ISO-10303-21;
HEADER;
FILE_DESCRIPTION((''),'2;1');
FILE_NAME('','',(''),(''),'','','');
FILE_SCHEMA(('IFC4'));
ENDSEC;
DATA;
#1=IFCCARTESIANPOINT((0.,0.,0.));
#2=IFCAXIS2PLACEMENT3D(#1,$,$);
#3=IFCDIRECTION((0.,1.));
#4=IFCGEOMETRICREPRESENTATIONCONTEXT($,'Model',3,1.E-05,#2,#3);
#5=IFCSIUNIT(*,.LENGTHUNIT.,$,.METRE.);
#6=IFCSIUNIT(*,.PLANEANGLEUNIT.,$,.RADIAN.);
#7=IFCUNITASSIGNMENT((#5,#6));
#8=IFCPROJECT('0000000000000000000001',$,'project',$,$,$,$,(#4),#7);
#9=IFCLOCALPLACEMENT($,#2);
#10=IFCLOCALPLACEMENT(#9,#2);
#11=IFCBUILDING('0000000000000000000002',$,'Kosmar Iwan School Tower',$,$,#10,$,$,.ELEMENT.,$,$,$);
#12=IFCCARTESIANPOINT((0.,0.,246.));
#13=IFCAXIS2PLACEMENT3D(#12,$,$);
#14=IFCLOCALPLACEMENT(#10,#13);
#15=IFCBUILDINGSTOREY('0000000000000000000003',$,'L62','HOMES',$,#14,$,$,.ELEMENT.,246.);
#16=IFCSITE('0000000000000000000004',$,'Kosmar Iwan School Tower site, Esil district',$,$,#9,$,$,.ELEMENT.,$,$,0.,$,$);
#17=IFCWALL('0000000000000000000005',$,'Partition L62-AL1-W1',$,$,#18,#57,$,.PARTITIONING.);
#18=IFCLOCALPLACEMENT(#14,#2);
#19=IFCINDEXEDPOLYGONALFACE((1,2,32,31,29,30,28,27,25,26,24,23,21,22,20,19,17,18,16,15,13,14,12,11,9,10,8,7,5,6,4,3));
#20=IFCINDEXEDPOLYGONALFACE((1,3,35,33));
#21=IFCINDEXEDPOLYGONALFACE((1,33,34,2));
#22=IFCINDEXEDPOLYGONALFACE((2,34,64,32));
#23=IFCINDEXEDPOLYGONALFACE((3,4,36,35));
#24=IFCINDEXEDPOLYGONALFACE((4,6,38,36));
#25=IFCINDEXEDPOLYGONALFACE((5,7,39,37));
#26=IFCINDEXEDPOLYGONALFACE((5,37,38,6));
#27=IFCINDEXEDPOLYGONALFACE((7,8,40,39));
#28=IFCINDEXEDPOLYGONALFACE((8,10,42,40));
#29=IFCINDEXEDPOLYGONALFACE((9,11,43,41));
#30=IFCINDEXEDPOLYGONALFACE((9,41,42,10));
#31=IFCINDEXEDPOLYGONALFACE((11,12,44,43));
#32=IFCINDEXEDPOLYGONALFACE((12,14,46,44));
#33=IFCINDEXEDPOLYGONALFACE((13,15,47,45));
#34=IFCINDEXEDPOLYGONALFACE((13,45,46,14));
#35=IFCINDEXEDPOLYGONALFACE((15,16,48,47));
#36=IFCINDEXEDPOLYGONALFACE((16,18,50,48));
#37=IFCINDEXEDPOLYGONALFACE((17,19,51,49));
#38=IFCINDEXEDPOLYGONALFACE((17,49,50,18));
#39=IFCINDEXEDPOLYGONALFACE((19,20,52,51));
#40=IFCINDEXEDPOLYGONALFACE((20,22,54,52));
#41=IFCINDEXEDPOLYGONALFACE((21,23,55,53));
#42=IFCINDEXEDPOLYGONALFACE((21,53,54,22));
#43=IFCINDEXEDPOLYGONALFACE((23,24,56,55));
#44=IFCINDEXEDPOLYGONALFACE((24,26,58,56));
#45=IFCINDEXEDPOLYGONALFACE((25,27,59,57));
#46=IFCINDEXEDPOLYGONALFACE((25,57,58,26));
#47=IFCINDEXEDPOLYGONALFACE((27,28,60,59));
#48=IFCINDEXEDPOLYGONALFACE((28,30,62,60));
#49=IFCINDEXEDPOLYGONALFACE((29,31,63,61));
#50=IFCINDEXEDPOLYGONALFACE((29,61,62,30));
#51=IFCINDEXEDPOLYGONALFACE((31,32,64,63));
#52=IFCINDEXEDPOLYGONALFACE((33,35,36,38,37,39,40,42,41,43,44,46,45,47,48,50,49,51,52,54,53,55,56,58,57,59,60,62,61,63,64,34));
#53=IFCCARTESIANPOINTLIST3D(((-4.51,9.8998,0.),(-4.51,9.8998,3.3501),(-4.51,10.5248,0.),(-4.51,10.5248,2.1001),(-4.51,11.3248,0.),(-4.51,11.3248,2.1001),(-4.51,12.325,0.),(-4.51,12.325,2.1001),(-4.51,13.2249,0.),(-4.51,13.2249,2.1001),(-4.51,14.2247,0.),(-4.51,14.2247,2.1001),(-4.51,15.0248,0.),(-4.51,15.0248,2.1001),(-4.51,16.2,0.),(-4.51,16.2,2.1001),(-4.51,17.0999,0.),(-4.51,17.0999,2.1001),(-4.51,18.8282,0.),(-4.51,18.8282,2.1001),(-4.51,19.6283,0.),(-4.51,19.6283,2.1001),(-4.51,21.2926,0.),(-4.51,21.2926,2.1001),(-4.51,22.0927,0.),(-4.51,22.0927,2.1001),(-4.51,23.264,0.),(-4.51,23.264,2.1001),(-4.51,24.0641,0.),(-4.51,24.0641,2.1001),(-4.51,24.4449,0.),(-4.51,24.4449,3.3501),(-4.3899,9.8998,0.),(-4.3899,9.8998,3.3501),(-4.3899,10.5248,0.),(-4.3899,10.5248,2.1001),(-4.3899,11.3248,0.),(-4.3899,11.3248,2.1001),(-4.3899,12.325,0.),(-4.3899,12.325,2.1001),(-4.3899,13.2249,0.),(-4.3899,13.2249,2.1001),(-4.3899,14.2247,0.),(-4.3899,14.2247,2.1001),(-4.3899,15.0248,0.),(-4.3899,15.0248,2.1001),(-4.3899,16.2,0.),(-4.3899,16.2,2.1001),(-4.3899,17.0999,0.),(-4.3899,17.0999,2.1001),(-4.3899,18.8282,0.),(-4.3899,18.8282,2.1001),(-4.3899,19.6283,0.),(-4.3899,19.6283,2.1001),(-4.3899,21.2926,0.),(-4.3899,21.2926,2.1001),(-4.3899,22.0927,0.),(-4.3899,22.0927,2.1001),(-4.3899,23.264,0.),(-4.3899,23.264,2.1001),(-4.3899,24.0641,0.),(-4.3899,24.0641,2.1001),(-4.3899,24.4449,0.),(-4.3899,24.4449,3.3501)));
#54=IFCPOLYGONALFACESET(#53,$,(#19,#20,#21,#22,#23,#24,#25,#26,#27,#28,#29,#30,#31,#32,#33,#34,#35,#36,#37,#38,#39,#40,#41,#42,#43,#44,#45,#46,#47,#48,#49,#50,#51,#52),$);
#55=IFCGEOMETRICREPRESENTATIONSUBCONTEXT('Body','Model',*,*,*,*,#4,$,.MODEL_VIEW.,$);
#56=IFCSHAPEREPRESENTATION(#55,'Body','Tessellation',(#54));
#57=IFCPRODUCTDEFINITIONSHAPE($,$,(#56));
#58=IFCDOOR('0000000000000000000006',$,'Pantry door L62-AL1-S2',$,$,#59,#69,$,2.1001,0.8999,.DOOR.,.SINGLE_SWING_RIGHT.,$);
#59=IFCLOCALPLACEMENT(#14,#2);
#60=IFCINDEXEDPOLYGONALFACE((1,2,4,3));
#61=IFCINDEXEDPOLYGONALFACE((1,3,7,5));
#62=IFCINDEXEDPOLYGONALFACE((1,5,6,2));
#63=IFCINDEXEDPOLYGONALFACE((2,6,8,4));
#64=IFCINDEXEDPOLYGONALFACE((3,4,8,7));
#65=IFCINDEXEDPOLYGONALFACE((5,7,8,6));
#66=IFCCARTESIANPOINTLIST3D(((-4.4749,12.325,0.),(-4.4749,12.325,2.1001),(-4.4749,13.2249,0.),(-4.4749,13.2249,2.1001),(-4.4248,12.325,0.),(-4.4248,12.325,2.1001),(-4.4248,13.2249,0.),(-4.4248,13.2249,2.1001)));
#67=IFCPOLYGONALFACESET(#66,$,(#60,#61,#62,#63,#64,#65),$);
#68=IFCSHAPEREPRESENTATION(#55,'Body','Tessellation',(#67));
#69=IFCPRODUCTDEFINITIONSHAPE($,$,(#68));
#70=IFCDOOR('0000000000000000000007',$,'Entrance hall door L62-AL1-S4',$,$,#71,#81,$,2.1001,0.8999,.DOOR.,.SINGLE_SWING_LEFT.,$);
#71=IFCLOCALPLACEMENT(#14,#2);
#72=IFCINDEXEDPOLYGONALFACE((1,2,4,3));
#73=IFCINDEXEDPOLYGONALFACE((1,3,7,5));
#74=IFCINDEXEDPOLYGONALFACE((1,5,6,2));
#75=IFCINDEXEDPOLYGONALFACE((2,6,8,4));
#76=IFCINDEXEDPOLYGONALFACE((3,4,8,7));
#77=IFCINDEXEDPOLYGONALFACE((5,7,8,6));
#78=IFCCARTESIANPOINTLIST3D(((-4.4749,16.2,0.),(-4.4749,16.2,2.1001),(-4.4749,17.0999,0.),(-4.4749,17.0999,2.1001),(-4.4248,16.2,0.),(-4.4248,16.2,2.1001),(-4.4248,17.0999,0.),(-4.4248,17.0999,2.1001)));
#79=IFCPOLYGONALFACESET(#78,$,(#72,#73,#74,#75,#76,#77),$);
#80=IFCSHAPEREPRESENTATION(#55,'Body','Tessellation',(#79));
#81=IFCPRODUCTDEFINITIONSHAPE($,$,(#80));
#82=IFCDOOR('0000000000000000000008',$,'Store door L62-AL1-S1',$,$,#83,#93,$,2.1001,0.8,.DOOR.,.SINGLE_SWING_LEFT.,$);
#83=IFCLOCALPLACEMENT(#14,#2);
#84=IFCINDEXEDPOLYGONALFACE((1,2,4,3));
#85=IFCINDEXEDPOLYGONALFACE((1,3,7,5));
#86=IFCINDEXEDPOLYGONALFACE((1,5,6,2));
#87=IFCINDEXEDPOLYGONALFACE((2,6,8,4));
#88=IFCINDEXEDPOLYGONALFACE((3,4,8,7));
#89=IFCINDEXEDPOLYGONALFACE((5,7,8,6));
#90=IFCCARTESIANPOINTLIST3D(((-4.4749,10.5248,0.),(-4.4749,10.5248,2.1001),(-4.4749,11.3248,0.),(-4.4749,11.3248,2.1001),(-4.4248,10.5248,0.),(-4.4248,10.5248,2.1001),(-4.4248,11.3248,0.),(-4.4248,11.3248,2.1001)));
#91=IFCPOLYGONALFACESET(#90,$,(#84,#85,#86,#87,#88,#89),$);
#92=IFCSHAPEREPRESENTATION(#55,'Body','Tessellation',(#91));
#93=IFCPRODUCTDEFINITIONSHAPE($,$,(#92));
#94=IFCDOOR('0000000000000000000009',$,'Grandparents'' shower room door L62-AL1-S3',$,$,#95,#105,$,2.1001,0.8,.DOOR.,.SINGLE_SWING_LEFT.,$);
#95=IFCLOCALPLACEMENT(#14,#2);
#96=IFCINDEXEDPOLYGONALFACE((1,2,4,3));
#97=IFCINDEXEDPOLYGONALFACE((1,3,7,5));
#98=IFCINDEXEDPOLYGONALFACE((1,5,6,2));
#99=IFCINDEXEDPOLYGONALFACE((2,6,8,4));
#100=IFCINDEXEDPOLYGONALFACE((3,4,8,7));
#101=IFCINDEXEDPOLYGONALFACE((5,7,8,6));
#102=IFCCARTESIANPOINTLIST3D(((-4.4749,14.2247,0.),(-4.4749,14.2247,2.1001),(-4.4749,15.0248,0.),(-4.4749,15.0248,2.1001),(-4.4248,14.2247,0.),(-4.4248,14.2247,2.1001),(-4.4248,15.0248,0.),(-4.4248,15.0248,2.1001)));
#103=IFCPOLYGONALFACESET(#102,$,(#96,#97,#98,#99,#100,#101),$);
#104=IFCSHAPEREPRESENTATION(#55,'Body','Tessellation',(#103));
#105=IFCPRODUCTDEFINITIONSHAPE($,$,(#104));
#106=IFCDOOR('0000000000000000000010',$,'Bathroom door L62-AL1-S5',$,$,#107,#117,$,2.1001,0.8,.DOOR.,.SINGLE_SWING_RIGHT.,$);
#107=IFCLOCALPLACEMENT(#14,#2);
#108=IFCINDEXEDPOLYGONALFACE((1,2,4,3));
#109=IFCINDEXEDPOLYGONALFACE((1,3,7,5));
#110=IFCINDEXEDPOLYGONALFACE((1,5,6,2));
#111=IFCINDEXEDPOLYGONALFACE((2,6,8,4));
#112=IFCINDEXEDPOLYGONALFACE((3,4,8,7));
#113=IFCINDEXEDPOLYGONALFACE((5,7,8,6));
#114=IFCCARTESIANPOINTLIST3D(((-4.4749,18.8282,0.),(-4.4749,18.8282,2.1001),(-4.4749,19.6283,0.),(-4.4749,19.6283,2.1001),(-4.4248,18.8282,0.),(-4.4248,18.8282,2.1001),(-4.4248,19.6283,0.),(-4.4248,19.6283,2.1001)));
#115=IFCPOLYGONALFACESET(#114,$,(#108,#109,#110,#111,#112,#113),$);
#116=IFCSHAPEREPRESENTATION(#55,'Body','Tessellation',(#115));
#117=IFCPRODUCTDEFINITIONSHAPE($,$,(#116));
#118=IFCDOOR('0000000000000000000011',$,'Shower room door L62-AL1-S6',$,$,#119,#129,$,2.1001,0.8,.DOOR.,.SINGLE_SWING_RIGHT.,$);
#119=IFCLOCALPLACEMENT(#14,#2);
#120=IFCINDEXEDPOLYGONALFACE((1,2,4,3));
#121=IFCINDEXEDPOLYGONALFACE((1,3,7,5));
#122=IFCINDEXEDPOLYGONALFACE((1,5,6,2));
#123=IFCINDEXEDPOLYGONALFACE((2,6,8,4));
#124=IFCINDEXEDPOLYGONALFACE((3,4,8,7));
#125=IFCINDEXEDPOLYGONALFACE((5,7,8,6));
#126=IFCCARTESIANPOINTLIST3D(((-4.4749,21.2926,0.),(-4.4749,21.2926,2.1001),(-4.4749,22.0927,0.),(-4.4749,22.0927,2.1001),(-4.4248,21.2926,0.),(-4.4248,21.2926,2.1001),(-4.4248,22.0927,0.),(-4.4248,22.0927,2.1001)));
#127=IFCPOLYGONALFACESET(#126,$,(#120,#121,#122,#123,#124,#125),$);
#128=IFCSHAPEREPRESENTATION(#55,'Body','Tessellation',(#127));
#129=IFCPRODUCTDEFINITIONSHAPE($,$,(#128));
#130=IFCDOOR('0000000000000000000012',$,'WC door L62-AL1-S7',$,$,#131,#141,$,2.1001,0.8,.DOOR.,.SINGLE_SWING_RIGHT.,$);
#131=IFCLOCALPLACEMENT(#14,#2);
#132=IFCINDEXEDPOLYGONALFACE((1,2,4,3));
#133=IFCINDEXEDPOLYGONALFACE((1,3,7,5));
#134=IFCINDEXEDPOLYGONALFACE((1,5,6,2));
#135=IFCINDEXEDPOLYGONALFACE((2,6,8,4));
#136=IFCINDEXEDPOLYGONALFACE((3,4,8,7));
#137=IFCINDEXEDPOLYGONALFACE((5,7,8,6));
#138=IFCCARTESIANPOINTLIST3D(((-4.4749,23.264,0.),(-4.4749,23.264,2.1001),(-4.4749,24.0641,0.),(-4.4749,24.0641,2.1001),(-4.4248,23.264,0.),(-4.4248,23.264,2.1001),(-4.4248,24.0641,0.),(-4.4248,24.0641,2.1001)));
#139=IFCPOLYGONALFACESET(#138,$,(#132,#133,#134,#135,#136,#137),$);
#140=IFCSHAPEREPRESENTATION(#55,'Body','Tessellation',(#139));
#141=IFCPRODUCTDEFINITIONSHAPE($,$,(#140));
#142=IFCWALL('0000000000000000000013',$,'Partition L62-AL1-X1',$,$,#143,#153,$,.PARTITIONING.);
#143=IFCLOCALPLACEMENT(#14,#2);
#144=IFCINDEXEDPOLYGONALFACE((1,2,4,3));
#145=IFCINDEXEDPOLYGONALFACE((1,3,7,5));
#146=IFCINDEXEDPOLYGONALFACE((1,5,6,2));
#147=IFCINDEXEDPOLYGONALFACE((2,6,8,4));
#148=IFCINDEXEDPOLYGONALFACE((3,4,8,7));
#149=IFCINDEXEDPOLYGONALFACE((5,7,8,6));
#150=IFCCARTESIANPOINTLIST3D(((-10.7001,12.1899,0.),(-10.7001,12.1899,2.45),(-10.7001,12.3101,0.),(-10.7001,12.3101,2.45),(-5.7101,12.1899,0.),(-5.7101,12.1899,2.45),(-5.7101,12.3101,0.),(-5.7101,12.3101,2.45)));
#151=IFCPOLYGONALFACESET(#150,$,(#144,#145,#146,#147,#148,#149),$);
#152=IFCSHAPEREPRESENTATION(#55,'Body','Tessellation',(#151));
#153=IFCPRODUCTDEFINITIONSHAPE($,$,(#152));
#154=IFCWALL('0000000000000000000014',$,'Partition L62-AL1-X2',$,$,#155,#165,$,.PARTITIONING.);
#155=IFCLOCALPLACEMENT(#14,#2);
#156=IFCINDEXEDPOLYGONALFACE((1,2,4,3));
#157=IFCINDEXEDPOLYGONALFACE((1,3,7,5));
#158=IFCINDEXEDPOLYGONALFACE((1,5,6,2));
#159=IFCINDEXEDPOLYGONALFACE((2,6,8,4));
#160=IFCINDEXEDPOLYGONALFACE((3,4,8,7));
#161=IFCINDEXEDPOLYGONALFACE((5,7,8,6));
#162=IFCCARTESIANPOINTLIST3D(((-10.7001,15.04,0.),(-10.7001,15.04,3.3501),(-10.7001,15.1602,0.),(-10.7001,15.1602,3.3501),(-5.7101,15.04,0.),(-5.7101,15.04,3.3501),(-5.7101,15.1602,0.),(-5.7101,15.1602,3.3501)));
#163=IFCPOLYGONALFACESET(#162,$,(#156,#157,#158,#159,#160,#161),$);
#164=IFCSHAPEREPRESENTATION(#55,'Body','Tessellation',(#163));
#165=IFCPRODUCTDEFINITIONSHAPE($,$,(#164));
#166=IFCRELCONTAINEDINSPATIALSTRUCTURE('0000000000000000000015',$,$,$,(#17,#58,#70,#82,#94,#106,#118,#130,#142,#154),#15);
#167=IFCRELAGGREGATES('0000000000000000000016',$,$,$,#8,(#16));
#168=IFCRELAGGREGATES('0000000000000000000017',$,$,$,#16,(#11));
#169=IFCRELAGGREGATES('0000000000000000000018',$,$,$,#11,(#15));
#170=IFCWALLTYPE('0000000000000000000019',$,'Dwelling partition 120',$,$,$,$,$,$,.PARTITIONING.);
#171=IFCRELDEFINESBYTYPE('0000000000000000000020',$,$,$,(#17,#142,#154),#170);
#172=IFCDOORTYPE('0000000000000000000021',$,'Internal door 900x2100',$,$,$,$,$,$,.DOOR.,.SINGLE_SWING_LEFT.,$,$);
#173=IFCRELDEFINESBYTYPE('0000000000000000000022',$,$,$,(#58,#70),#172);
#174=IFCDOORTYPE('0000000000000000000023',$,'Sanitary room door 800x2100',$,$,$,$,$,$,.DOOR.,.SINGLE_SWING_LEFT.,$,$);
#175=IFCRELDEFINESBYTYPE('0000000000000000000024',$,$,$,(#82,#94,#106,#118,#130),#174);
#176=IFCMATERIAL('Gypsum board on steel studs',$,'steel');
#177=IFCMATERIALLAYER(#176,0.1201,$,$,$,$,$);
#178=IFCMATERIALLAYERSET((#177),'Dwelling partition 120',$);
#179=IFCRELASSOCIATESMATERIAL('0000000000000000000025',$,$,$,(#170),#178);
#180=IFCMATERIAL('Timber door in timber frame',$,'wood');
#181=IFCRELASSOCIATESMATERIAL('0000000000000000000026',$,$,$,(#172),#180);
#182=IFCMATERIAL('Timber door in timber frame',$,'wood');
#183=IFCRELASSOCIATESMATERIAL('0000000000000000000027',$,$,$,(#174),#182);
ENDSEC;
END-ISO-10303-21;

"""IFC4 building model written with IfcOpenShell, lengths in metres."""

from ifc_helpers import new_model, si_unit, direction, frame, frame_2d, origin, place, context, subcontext, project, spatial, rectangle, extrude, material, layer, layer_set, type_object, element, fill, save


model = new_model("IFC4")

# Units and contexts
model_context = context("Model", 3, precision=1e-05, world=origin(), true_north=direction((0.0, 1.0)))
body_context = subcontext(model_context, "Body", "Model", "MODEL_VIEW")
ifc_project = project(units=[si_unit("LENGTHUNIT", "METRE"), si_unit("PLANEANGLEUNIT", "RADIAN")], contexts=[model_context])

# Site, building, storey
site_placement = place(None, origin())
site = spatial("IfcSite", under=ifc_project, at=site_placement, Name="Kosmar Iwan School Tower site, Esil district", CompositionType="ELEMENT", RefElevation=0.0)
building_placement = place(site_placement, origin())
building = spatial("IfcBuilding", under=site, at=building_placement, Name="Kosmar Iwan School Tower", CompositionType="ELEMENT")
storey_placement = place(building_placement, frame((0.0, 0.0, 246.0)))
storey = spatial("IfcBuildingStorey", under=building, at=storey_placement, Name="L62", Description="HOMES", CompositionType="ELEMENT", Elevation=246.0)

# Wall, openings, doors
ifc_material_1 = material(Name="Gypsum board on steel studs", Category="steel")
ifc_layer_1 = layer(ifc_material_1, 0.1201)
ifc_layer_set_1 = layer_set([ifc_layer_1], Name="Dwelling partition 120")
wall_type_1 = type_object("IfcWallType", Name="Dwelling partition 120", PredefinedType="PARTITIONING", material=ifc_layer_set_1)
wall_1_placement = place(storey_placement, frame((-4.45, 9.8999, 0.0), z_axis=(0.0, 0.0, 1.0), x_axis=(0.0, 1.0, 0.0)))
wall_1 = element("IfcWall", 1, at=wall_1_placement, inside=storey, type_object=wall_type_1, Name="Partition L62-AL1-W1", PredefinedType="PARTITIONING", context=body_context, shape_type="SweptSolid", body=[
    extrude(rectangle(XDim=14.5452, YDim=0.1201, at=frame_2d((7.2725, 0.0))), origin(), (0.0, 0.0, 1.0), 3.3501),
])
opening_1_placement = place(wall_1_placement, frame((0.625, 0.0, 0.0)))
opening_1 = element("IfcOpeningElement", 2, at=opening_1_placement, cuts=wall_1, PredefinedType="OPENING", context=body_context, shape_type="SweptSolid", body=[
    extrude(rectangle(XDim=0.8, YDim=2.1001, at=frame_2d((0.3999, 1.05))), frame((0.0, 0.072, 0.0), z_axis=(0.0, -1.0, 0.0), x_axis=(1.0, 0.0, 0.0)), (0.0, 0.0, 1.0), 0.144),
])
opening_2_placement = place(wall_1_placement, frame((2.425, 0.0, 0.0)))
opening_2 = element("IfcOpeningElement", 3, at=opening_2_placement, cuts=wall_1, PredefinedType="OPENING", context=body_context, shape_type="SweptSolid", body=[
    extrude(rectangle(XDim=0.8999, YDim=2.1001, at=frame_2d((0.45, 1.05))), frame((0.0, 0.072, 0.0), z_axis=(0.0, -1.0, 0.0), x_axis=(1.0, 0.0, 0.0)), (0.0, 0.0, 1.0), 0.144),
])
opening_3_placement = place(wall_1_placement, frame((4.325, 0.0, 0.0)))
opening_3 = element("IfcOpeningElement", 4, at=opening_3_placement, cuts=wall_1, PredefinedType="OPENING", context=body_context, shape_type="SweptSolid", body=[
    extrude(rectangle(XDim=0.8, YDim=2.1001, at=frame_2d((0.3999, 1.05))), frame((0.0, 0.072, 0.0), z_axis=(0.0, -1.0, 0.0), x_axis=(1.0, 0.0, 0.0)), (0.0, 0.0, 1.0), 0.144),
])
opening_4_placement = place(wall_1_placement, frame((6.3, 0.0, 0.0)))
opening_4 = element("IfcOpeningElement", 5, at=opening_4_placement, cuts=wall_1, PredefinedType="OPENING", context=body_context, shape_type="SweptSolid", body=[
    extrude(rectangle(XDim=0.8999, YDim=2.1001, at=frame_2d((0.45, 1.05))), frame((0.0, 0.072, 0.0), z_axis=(0.0, -1.0, 0.0), x_axis=(1.0, 0.0, 0.0)), (0.0, 0.0, 1.0), 0.144),
])
opening_5_placement = place(wall_1_placement, frame((8.9285, 0.0, 0.0)))
opening_5 = element("IfcOpeningElement", 6, at=opening_5_placement, cuts=wall_1, PredefinedType="OPENING", context=body_context, shape_type="SweptSolid", body=[
    extrude(rectangle(XDim=0.8, YDim=2.1001, at=frame_2d((0.3999, 1.05))), frame((0.0, 0.072, 0.0), z_axis=(0.0, -1.0, 0.0), x_axis=(1.0, 0.0, 0.0)), (0.0, 0.0, 1.0), 0.144),
])
opening_6_placement = place(wall_1_placement, frame((11.3928, 0.0, 0.0)))
opening_6 = element("IfcOpeningElement", 7, at=opening_6_placement, cuts=wall_1, PredefinedType="OPENING", context=body_context, shape_type="SweptSolid", body=[
    extrude(rectangle(XDim=0.8, YDim=2.1001, at=frame_2d((0.3999, 1.05))), frame((0.0, 0.072, 0.0), z_axis=(0.0, -1.0, 0.0), x_axis=(1.0, 0.0, 0.0)), (0.0, 0.0, 1.0), 0.144),
])
opening_7_placement = place(wall_1_placement, frame((13.3643, 0.0, 0.0)))
opening_7 = element("IfcOpeningElement", 8, at=opening_7_placement, cuts=wall_1, PredefinedType="OPENING", context=body_context, shape_type="SweptSolid", body=[
    extrude(rectangle(XDim=0.8, YDim=2.1001, at=frame_2d((0.3999, 1.05))), frame((0.0, 0.072, 0.0), z_axis=(0.0, -1.0, 0.0), x_axis=(1.0, 0.0, 0.0)), (0.0, 0.0, 1.0), 0.144),
])
ifc_material_2 = material(Name="Timber door in timber frame", Category="wood")
door_type_1 = type_object("IfcDoorType", Name="Internal door 900x2100", OperationType="SINGLE_SWING_LEFT", PredefinedType="DOOR", material=ifc_material_2)
door_1_placement = place(opening_2_placement, origin())
door_1 = element("IfcDoor", 9, at=door_1_placement, inside=storey, type_object=door_type_1, Name="Pantry door L62-AL1-S2", OperationType="SINGLE_SWING_RIGHT", OverallHeight=2.1001, OverallWidth=0.8999, PredefinedType="DOOR", context=body_context, shape_type="SweptSolid", body=[
    extrude(rectangle(XDim=0.8999, YDim=2.1001, at=frame_2d((0.45, 1.05))), frame((0.0, 0.0249, 0.0), z_axis=(0.0, -1.0, 0.0), x_axis=(1.0, 0.0, 0.0)), (0.0, 0.0, 1.0), 0.05),
])
fill(opening_2, door_1)
door_2_placement = place(opening_4_placement, origin())
door_2 = element("IfcDoor", 10, at=door_2_placement, inside=storey, type_object=door_type_1, Name="Entrance hall door L62-AL1-S4", OperationType="SINGLE_SWING_LEFT", OverallHeight=2.1001, OverallWidth=0.8999, PredefinedType="DOOR", context=body_context, shape_type="SweptSolid", body=[
    extrude(rectangle(XDim=0.8999, YDim=2.1001, at=frame_2d((0.45, 1.05))), frame((0.0, 0.0249, 0.0), z_axis=(0.0, -1.0, 0.0), x_axis=(1.0, 0.0, 0.0)), (0.0, 0.0, 1.0), 0.05),
])
fill(opening_4, door_2)
ifc_material_3 = material(Name="Timber door in timber frame", Category="wood")
door_type_2 = type_object("IfcDoorType", Name="Sanitary room door 800x2100", OperationType="SINGLE_SWING_LEFT", PredefinedType="DOOR", material=ifc_material_3)
door_3_placement = place(opening_1_placement, origin())
door_3 = element("IfcDoor", 11, at=door_3_placement, inside=storey, type_object=door_type_2, Name="Store door L62-AL1-S1", OperationType="SINGLE_SWING_LEFT", OverallHeight=2.1001, OverallWidth=0.8, PredefinedType="DOOR", context=body_context, shape_type="SweptSolid", body=[
    extrude(rectangle(XDim=0.8, YDim=2.1001, at=frame_2d((0.3999, 1.05))), frame((0.0, 0.0249, 0.0), z_axis=(0.0, -1.0, 0.0), x_axis=(1.0, 0.0, 0.0)), (0.0, 0.0, 1.0), 0.05),
])
fill(opening_1, door_3)
door_4_placement = place(opening_3_placement, origin())
door_4 = element("IfcDoor", 12, at=door_4_placement, inside=storey, type_object=door_type_2, Name="Grandparents' shower room door L62-AL1-S3", OperationType="SINGLE_SWING_LEFT", OverallHeight=2.1001, OverallWidth=0.8, PredefinedType="DOOR", context=body_context, shape_type="SweptSolid", body=[
    extrude(rectangle(XDim=0.8, YDim=2.1001, at=frame_2d((0.3999, 1.05))), frame((0.0, 0.0249, 0.0), z_axis=(0.0, -1.0, 0.0), x_axis=(1.0, 0.0, 0.0)), (0.0, 0.0, 1.0), 0.05),
])
fill(opening_3, door_4)
door_5_placement = place(opening_5_placement, origin())
door_5 = element("IfcDoor", 13, at=door_5_placement, inside=storey, type_object=door_type_2, Name="Bathroom door L62-AL1-S5", OperationType="SINGLE_SWING_RIGHT", OverallHeight=2.1001, OverallWidth=0.8, PredefinedType="DOOR", context=body_context, shape_type="SweptSolid", body=[
    extrude(rectangle(XDim=0.8, YDim=2.1001, at=frame_2d((0.3999, 1.05))), frame((0.0, 0.0249, 0.0), z_axis=(0.0, -1.0, 0.0), x_axis=(1.0, 0.0, 0.0)), (0.0, 0.0, 1.0), 0.05),
])
fill(opening_5, door_5)
door_6_placement = place(opening_6_placement, origin())
door_6 = element("IfcDoor", 14, at=door_6_placement, inside=storey, type_object=door_type_2, Name="Shower room door L62-AL1-S6", OperationType="SINGLE_SWING_RIGHT", OverallHeight=2.1001, OverallWidth=0.8, PredefinedType="DOOR", context=body_context, shape_type="SweptSolid", body=[
    extrude(rectangle(XDim=0.8, YDim=2.1001, at=frame_2d((0.3999, 1.05))), frame((0.0, 0.0249, 0.0), z_axis=(0.0, -1.0, 0.0), x_axis=(1.0, 0.0, 0.0)), (0.0, 0.0, 1.0), 0.05),
])
fill(opening_6, door_6)
door_7_placement = place(opening_7_placement, origin())
door_7 = element("IfcDoor", 15, at=door_7_placement, inside=storey, type_object=door_type_2, Name="WC door L62-AL1-S7", OperationType="SINGLE_SWING_RIGHT", OverallHeight=2.1001, OverallWidth=0.8, PredefinedType="DOOR", context=body_context, shape_type="SweptSolid", body=[
    extrude(rectangle(XDim=0.8, YDim=2.1001, at=frame_2d((0.3999, 1.05))), frame((0.0, 0.0249, 0.0), z_axis=(0.0, -1.0, 0.0), x_axis=(1.0, 0.0, 0.0)), (0.0, 0.0, 1.0), 0.05),
])
fill(opening_7, door_7)

# Walls
wall_2_placement = place(storey_placement, frame((-5.71, 12.25, 0.0), z_axis=(0.0, 0.0, 1.0), x_axis=(-1.0, 0.0, 0.0)))
element("IfcWall", 16, at=wall_2_placement, inside=storey, type_object=wall_type_1, Name="Partition L62-AL1-X1", PredefinedType="PARTITIONING", context=body_context, shape_type="SweptSolid", body=[
    extrude(rectangle(XDim=4.99, YDim=0.1201, at=frame_2d((2.4951, 0.0))), origin(), (0.0, 0.0, 1.0), 2.45),
])
wall_3_placement = place(storey_placement, frame((-5.71, 15.1001, 0.0), z_axis=(0.0, 0.0, 1.0), x_axis=(-1.0, 0.0, 0.0)))
element("IfcWall", 17, at=wall_3_placement, inside=storey, type_object=wall_type_1, Name="Partition L62-AL1-X2", PredefinedType="PARTITIONING", context=body_context, shape_type="SweptSolid", body=[
    extrude(rectangle(XDim=4.99, YDim=0.1201, at=frame_2d((2.4951, 0.0))), origin(), (0.0, 0.0, 1.0), 3.3501),
])

save(model, "model.ifc")
